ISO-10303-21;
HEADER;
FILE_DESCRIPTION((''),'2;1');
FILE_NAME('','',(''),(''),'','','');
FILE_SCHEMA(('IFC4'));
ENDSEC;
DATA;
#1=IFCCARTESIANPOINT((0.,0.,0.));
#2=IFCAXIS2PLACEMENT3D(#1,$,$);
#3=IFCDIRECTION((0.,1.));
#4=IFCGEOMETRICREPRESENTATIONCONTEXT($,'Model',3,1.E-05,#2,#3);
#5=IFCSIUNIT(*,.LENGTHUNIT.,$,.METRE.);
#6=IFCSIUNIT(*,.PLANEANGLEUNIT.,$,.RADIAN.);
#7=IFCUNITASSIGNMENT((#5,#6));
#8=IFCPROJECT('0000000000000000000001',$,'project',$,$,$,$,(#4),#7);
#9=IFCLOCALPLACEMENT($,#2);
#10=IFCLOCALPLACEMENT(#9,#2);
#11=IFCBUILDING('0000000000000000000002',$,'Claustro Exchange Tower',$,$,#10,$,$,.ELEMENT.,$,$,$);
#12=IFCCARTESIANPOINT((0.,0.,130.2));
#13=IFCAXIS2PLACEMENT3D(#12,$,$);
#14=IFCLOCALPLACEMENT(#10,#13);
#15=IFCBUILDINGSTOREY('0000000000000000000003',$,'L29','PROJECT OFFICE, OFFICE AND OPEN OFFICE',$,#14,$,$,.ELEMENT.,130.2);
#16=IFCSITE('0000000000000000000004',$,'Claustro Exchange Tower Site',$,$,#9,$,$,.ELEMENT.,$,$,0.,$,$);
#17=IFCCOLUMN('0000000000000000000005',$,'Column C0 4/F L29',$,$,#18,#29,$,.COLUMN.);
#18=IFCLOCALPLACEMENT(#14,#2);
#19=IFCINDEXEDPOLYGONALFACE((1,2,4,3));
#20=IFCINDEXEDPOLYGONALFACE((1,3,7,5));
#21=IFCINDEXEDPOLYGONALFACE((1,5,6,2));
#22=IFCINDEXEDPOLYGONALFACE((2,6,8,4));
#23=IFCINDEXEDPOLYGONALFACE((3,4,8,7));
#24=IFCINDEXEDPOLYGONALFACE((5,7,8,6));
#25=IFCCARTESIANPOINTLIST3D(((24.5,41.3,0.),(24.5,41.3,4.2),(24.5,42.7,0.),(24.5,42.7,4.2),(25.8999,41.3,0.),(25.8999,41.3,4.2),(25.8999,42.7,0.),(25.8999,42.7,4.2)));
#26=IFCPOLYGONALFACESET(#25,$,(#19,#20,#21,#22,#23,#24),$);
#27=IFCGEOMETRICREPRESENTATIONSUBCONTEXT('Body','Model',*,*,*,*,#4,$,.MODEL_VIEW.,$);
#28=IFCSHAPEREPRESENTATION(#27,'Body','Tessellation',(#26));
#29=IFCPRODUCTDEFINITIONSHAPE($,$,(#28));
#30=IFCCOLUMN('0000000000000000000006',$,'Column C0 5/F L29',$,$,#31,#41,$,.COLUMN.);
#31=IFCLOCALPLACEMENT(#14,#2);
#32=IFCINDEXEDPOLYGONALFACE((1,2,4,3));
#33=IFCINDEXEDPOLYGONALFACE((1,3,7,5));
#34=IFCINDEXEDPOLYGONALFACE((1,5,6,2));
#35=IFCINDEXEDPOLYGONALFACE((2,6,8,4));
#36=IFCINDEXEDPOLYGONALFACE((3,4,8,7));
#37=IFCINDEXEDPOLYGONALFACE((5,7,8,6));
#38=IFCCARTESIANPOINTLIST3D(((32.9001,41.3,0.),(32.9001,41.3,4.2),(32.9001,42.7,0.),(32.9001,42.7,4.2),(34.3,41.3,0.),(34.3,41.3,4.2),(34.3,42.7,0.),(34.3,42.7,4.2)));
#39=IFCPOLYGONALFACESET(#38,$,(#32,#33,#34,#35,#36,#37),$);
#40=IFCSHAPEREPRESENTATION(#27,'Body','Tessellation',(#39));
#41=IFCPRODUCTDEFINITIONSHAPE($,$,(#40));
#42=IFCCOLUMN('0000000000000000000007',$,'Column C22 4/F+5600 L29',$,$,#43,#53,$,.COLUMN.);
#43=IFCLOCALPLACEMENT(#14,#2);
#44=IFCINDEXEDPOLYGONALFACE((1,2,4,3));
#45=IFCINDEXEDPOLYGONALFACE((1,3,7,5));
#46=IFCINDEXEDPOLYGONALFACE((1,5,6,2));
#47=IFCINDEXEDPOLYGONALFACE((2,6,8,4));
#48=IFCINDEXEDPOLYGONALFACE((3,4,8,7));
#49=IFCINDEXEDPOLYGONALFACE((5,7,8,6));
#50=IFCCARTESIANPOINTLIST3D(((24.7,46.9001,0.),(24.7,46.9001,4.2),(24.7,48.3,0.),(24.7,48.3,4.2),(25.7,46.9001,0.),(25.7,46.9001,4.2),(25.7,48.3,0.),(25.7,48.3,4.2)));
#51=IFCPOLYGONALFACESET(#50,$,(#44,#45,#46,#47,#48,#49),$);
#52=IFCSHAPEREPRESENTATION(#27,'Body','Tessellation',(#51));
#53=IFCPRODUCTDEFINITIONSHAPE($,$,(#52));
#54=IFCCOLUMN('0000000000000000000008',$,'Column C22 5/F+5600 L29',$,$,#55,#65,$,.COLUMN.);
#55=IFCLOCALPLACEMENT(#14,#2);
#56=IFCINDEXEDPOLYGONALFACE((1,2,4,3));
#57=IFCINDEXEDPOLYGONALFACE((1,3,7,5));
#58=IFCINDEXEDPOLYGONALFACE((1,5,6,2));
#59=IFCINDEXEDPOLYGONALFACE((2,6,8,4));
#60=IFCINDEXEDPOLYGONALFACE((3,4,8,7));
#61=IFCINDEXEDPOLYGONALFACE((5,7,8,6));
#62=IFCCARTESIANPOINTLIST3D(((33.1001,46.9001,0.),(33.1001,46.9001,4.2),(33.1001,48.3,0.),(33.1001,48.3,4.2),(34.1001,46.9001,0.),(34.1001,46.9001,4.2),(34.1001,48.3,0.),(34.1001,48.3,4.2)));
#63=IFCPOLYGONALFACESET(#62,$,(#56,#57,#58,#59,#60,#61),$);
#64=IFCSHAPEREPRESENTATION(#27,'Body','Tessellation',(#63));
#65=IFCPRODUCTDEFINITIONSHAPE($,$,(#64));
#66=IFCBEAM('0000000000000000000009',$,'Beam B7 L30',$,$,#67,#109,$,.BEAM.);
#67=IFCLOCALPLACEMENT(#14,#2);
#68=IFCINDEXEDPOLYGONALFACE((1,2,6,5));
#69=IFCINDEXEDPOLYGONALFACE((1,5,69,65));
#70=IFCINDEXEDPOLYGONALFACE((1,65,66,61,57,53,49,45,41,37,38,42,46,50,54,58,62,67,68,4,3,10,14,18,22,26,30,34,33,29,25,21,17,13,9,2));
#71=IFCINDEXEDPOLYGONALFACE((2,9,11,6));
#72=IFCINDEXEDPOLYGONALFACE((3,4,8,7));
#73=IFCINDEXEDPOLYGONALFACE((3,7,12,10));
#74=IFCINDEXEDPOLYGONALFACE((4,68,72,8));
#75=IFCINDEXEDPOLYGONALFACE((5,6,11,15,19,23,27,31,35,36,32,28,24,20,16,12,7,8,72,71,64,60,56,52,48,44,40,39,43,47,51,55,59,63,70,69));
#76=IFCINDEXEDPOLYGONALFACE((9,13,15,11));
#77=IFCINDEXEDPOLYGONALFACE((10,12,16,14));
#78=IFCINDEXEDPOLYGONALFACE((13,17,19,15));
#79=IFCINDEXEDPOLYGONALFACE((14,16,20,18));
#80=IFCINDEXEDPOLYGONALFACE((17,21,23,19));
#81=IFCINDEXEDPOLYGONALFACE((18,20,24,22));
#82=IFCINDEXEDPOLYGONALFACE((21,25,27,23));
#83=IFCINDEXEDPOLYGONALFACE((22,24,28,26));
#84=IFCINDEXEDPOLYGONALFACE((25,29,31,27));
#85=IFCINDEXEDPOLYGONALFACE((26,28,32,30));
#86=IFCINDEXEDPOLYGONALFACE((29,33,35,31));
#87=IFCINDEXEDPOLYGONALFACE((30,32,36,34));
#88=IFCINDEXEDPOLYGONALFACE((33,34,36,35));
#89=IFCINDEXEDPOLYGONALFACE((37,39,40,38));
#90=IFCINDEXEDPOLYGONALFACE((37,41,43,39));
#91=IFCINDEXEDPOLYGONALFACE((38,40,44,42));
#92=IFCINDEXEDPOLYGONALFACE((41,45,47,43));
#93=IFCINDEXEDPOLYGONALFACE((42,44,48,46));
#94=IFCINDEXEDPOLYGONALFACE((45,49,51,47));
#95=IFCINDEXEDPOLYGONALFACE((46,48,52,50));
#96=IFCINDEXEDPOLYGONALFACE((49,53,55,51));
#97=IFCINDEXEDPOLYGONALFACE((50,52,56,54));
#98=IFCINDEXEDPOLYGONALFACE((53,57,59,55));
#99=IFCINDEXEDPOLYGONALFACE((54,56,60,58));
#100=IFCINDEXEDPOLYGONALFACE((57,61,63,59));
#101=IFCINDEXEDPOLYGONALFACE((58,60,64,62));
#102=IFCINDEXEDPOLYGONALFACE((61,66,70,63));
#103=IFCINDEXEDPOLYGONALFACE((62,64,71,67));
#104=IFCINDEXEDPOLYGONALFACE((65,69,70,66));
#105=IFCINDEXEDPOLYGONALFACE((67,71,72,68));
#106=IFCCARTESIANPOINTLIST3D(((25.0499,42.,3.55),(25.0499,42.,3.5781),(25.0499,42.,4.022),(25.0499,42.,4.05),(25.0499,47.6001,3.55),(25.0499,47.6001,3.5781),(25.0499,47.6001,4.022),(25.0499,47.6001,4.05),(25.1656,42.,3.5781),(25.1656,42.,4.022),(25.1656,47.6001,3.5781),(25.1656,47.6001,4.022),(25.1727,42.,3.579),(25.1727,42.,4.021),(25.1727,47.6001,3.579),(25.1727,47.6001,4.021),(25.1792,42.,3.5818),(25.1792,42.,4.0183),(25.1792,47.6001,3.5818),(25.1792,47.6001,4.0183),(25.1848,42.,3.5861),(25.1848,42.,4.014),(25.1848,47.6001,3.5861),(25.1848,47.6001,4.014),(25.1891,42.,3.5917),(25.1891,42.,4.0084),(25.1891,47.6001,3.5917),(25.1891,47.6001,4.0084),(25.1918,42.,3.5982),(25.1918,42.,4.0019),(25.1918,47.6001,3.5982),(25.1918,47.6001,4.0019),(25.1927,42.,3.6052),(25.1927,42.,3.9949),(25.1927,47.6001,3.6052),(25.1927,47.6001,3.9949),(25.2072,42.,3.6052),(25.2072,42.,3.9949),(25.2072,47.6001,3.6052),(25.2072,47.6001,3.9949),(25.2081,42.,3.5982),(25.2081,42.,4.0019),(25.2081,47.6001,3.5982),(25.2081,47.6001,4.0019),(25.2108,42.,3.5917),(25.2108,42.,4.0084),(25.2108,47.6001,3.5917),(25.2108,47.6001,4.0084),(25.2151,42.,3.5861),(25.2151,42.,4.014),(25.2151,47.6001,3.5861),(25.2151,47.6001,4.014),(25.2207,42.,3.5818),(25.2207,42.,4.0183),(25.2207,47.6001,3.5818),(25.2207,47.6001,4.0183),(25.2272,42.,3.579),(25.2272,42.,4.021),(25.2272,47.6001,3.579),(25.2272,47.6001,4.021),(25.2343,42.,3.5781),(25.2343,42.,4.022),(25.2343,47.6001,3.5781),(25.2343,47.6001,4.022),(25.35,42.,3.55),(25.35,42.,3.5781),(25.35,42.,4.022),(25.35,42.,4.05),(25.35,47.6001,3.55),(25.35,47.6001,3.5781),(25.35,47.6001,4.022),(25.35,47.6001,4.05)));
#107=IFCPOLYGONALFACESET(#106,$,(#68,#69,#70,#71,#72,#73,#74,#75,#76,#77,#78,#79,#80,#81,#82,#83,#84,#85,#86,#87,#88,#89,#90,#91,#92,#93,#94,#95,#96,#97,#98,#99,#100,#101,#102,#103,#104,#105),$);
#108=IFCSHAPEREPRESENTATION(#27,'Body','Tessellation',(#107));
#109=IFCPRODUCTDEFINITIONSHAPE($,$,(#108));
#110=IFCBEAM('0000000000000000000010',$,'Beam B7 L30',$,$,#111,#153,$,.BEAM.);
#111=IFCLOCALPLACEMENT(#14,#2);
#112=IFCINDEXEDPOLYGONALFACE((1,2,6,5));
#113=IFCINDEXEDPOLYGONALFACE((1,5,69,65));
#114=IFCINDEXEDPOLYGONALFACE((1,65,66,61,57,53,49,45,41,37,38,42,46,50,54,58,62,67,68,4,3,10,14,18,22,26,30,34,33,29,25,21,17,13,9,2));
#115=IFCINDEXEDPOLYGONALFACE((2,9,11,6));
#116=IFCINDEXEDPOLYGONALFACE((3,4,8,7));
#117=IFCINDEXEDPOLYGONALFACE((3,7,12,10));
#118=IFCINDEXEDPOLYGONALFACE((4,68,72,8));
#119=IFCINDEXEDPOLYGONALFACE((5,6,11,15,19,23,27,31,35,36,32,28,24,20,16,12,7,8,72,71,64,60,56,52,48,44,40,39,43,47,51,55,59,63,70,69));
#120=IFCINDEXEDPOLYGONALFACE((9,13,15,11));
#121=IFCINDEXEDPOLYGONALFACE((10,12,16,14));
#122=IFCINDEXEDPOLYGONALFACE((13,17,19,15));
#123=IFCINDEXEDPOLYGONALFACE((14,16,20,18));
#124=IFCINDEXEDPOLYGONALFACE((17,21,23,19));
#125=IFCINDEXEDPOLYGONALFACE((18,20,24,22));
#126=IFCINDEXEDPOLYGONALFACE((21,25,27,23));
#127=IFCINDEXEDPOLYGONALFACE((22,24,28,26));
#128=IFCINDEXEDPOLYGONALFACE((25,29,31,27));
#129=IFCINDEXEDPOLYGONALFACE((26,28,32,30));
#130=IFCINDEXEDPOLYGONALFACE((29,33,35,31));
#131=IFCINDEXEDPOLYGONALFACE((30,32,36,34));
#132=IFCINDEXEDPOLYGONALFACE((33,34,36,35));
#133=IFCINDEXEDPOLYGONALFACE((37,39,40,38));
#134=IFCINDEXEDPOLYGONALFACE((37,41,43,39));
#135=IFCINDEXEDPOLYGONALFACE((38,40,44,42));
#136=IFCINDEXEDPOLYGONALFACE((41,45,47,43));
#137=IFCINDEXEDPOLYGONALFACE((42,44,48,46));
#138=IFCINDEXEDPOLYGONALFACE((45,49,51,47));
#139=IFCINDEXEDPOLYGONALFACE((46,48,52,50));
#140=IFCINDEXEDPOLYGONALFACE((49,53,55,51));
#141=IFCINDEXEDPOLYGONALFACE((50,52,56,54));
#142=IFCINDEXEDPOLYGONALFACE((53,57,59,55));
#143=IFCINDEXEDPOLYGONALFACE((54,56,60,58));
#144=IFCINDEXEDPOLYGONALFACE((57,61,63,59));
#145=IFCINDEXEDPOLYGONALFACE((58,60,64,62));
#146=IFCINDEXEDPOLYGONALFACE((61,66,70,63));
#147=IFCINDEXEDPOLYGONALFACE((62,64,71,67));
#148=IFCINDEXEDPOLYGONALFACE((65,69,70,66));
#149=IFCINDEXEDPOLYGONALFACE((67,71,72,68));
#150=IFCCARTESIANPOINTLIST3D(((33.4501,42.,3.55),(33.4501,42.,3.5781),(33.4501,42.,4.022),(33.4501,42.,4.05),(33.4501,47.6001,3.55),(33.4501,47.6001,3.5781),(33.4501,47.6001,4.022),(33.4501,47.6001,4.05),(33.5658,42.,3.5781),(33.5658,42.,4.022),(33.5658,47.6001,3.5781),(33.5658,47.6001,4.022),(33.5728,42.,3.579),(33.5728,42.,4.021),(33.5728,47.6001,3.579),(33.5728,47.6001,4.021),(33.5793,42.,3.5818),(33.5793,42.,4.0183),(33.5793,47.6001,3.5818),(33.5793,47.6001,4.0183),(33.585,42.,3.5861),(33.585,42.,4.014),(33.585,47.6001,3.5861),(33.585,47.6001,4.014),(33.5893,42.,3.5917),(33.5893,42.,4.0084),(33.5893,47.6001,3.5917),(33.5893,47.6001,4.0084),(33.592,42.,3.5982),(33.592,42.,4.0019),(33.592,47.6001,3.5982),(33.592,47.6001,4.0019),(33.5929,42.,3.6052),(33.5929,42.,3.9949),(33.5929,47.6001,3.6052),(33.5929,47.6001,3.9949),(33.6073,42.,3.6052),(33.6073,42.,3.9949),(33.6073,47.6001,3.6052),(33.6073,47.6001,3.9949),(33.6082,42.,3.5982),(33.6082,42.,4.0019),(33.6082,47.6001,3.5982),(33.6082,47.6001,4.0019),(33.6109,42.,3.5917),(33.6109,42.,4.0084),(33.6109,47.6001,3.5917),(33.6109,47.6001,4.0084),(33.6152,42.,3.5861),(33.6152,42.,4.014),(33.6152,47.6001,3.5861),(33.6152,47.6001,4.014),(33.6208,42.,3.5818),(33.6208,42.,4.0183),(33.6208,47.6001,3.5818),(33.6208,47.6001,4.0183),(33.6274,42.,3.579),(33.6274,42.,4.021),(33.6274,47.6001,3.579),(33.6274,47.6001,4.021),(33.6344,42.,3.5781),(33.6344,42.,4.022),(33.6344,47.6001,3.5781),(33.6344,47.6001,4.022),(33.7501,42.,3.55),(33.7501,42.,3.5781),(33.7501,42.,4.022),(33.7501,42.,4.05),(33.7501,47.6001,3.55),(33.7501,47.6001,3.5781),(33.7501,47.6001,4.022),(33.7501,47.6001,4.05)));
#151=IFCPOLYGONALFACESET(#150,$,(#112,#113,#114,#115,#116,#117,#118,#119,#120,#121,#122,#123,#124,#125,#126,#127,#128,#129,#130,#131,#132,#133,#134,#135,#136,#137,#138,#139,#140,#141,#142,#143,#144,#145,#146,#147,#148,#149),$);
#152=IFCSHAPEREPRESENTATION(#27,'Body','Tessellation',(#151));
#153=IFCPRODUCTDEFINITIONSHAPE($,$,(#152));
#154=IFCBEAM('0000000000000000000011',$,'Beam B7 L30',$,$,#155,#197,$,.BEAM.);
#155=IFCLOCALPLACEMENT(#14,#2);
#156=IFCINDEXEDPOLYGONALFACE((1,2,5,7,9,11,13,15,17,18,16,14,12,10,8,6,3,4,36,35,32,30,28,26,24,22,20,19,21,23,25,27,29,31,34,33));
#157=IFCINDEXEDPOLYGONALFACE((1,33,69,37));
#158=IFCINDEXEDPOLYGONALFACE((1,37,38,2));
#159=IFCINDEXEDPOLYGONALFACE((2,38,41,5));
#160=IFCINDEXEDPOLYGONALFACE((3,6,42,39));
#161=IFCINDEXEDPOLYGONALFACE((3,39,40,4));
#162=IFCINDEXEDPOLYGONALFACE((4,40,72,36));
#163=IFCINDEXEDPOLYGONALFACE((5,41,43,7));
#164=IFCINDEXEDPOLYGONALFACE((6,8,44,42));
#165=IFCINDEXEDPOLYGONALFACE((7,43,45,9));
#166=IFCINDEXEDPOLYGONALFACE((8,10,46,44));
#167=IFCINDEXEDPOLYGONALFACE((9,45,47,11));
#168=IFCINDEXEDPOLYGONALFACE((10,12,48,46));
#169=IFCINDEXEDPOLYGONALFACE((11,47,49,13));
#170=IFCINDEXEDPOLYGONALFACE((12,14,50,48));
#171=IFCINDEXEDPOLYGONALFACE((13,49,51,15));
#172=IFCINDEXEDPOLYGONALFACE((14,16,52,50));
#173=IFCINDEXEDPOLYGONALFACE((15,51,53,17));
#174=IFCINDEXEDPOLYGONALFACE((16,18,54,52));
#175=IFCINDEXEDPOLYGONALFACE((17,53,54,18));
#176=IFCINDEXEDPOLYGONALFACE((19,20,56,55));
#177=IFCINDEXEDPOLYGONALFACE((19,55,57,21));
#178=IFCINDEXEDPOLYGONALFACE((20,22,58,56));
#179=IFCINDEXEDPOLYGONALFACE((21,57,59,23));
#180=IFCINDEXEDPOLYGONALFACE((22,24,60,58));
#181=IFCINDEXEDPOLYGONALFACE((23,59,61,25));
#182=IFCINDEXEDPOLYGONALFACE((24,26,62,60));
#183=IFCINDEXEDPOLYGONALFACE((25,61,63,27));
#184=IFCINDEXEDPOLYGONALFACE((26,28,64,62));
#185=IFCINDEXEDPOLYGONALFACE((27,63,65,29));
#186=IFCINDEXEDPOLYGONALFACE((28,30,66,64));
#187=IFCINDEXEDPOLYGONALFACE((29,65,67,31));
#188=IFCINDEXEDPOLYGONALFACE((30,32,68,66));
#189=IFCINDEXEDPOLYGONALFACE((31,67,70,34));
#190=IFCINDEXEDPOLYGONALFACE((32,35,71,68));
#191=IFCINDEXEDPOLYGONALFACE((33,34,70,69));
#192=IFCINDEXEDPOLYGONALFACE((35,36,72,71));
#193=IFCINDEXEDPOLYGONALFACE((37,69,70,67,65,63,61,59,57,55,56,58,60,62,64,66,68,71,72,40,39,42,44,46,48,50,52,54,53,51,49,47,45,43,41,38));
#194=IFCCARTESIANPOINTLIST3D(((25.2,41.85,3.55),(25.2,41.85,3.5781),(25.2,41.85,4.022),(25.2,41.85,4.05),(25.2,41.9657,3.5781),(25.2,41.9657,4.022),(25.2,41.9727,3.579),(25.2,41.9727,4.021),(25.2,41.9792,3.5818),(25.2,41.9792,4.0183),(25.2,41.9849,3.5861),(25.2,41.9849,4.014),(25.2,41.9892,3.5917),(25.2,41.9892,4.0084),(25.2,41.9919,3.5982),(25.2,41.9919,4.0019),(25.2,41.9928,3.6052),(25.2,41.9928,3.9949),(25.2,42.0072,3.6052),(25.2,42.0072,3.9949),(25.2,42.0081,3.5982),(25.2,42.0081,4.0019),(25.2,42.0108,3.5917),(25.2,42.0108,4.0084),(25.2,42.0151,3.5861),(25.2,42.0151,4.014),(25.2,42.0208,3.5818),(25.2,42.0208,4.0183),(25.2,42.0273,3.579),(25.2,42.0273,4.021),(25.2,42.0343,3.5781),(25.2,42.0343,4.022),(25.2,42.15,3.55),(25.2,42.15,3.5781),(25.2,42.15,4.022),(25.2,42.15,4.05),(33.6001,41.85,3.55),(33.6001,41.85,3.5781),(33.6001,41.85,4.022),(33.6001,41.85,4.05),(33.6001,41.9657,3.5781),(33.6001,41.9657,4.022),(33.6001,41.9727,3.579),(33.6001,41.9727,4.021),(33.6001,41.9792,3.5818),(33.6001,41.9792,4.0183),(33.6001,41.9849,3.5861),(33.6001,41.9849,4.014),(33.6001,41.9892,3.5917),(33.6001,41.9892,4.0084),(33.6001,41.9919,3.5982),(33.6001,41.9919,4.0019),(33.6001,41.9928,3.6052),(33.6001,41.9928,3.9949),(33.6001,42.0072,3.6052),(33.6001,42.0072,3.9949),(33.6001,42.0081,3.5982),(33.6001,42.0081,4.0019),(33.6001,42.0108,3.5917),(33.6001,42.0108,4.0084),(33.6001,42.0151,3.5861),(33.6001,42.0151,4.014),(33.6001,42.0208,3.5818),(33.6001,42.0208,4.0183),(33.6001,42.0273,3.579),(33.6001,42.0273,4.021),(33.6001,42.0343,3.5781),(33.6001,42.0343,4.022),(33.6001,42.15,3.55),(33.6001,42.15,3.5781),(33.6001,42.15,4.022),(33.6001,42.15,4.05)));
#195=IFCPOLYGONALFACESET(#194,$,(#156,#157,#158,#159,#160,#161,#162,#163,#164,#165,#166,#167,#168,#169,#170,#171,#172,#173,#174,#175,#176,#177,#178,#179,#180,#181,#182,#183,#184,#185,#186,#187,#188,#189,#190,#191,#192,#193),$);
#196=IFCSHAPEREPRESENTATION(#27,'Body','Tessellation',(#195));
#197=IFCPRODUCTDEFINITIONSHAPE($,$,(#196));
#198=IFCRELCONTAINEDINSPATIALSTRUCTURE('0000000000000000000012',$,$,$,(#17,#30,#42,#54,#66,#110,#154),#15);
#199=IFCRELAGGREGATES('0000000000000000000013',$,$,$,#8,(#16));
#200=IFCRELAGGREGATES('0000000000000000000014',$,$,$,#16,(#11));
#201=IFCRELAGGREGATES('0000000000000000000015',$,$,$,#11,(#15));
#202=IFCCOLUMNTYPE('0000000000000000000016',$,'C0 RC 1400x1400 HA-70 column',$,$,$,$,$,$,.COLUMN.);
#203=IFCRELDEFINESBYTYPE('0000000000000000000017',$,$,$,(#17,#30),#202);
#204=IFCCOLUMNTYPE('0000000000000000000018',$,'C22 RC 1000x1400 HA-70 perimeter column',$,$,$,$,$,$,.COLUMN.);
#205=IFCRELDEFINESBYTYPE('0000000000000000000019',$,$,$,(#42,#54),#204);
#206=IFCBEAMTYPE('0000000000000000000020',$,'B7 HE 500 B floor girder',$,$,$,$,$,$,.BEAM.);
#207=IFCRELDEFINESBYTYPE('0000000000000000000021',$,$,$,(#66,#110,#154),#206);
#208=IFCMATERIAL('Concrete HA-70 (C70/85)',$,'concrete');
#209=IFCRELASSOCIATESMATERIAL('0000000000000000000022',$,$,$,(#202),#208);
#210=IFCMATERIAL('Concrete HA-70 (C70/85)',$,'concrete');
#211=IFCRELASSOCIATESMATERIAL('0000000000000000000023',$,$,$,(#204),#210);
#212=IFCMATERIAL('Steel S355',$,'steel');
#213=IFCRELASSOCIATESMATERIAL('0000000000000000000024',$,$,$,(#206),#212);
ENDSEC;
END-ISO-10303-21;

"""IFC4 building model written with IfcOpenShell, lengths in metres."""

from ifc_helpers import new_model, si_unit, direction, frame, origin, origin_2d, place, context, subcontext, project, spatial, rectangle, i_section, extrude, material, material_profile, profile_set, type_object, element, save


model = new_model("IFC4")

# Units and contexts
model_context = context("Model", 3, precision=1e-05, world=origin(), true_north=direction((0.0, 1.0)))
body_context = subcontext(model_context, "Body", "Model", "MODEL_VIEW")
ifc_project = project(units=[si_unit("LENGTHUNIT", "METRE"), si_unit("PLANEANGLEUNIT", "RADIAN")], contexts=[model_context])

# Site, building, storey
site_placement = place(None, origin())
site = spatial("IfcSite", under=ifc_project, at=site_placement, Name="Claustro Exchange Tower Site", CompositionType="ELEMENT", RefElevation=0.0)
building_placement = place(site_placement, origin())
building = spatial("IfcBuilding", under=site, at=building_placement, Name="Claustro Exchange Tower", CompositionType="ELEMENT")
storey_placement = place(building_placement, frame((0.0, 0.0, 130.2)))
storey = spatial("IfcBuildingStorey", under=building, at=storey_placement, Name="L29", Description="PROJECT OFFICE, OFFICE AND OPEN OFFICE", CompositionType="ELEMENT", Elevation=130.2)

# Columns
ifc_material_1 = material(Name="Concrete HA-70 (C70/85)", Category="concrete")
ifc_material_profile_1 = material_profile(ifc_material_1, rectangle(XDim=1.3999, YDim=1.3999, at=origin_2d()), Name="RC 1400x1400")
ifc_profile_set_1 = profile_set([ifc_material_profile_1], Name="Concrete HA-70 (C70/85)")
column_type_1 = type_object("IfcColumnType", Name="C0 RC 1400x1400 HA-70 column", PredefinedType="COLUMN", material=ifc_profile_set_1)
for number, where, z_axis, x_axis, name in (
    (1, (25.2, 42.0, 0.0), (0.0, 0.0, 1.0), (1.0, 0.0, 0.0), "Column C0 4/F L29"),
    (2, (33.6001, 42.0, 0.0), (0.0, 0.0, 1.0), (1.0, 0.0, 0.0), "Column C0 5/F L29"),
):
    element("IfcColumn", number, at=place(storey_placement, frame(where, z_axis=z_axis, x_axis=x_axis)), inside=storey, type_object=column_type_1, Name=name, PredefinedType="COLUMN", context=body_context, shape_type="SweptSolid", body=[
        extrude(rectangle(XDim=1.3999, YDim=1.3999, at=origin_2d()), origin(), (0.0, 0.0, 1.0), 4.2),
    ])
ifc_material_2 = material(Name="Concrete HA-70 (C70/85)", Category="concrete")
ifc_material_profile_2 = material_profile(ifc_material_2, rectangle(XDim=1.0, YDim=1.3999, at=origin_2d()), Name="RC 1000x1400")
ifc_profile_set_2 = profile_set([ifc_material_profile_2], Name="Concrete HA-70 (C70/85)")
column_type_2 = type_object("IfcColumnType", Name="C22 RC 1000x1400 HA-70 perimeter column", PredefinedType="COLUMN", material=ifc_profile_set_2)
for number, where, z_axis, x_axis, name in (
    (3, (25.2, 47.6001, 0.0), (0.0, 0.0, 1.0), (1.0, 0.0, 0.0), "Column C22 4/F+5600 L29"),
    (4, (33.6001, 47.6001, 0.0), (0.0, 0.0, 1.0), (1.0, 0.0, 0.0), "Column C22 5/F+5600 L29"),
):
    element("IfcColumn", number, at=place(storey_placement, frame(where, z_axis=z_axis, x_axis=x_axis)), inside=storey, type_object=column_type_2, Name=name, PredefinedType="COLUMN", context=body_context, shape_type="SweptSolid", body=[
        extrude(rectangle(XDim=1.0, YDim=1.3999, at=origin_2d()), origin(), (0.0, 0.0, 1.0), 4.2),
    ])

# Beams
ifc_material_3 = material(Name="Steel S355", Category="steel")
ifc_material_profile_3 = material_profile(ifc_material_3, i_section(OverallWidth=0.3, OverallDepth=0.5, WebThickness=0.0144, FlangeThickness=0.0281, FilletRadius=0.0271, at=origin_2d()), Name="HE 500 B")
ifc_profile_set_3 = profile_set([ifc_material_profile_3], Name="Steel S355")
beam_type_1 = type_object("IfcBeamType", Name="B7 HE 500 B floor girder", PredefinedType="BEAM", material=ifc_profile_set_3)
for number, where, z_axis, x_axis, name in (
    (5, (25.2, 42.0, 3.8), (0.0, 1.0, 0.0), (-1.0, 0.0, 0.0), "Beam B7 L30"),
    (6, (33.6001, 42.0, 3.8), (0.0, 1.0, 0.0), (-1.0, 0.0, 0.0), "Beam B7 L30"),
):
    element("IfcBeam", number, at=place(storey_placement, frame(where, z_axis=z_axis, x_axis=x_axis)), inside=storey, type_object=beam_type_1, Name=name, PredefinedType="BEAM", context=body_context, shape_type="SweptSolid", body=[
        extrude(i_section(OverallWidth=0.3, OverallDepth=0.5, WebThickness=0.0144, FlangeThickness=0.0281, FilletRadius=0.0271, at=origin_2d()), origin(), (0.0, 0.0, 1.0), 5.6001),
    ])
beam_1_placement = place(storey_placement, frame((25.2, 42.0, 3.8), z_axis=(1.0, 0.0, 0.0), x_axis=(0.0, 1.0, 0.0)))
element("IfcBeam", 7, at=beam_1_placement, inside=storey, type_object=beam_type_1, Name="Beam B7 L30", PredefinedType="BEAM", context=body_context, shape_type="SweptSolid", body=[
    extrude(i_section(OverallWidth=0.3, OverallDepth=0.5, WebThickness=0.0144, FlangeThickness=0.0281, FilletRadius=0.0271, at=origin_2d()), origin(), (0.0, 0.0, 1.0), 8.4001),
])

save(model, "model.ifc")
